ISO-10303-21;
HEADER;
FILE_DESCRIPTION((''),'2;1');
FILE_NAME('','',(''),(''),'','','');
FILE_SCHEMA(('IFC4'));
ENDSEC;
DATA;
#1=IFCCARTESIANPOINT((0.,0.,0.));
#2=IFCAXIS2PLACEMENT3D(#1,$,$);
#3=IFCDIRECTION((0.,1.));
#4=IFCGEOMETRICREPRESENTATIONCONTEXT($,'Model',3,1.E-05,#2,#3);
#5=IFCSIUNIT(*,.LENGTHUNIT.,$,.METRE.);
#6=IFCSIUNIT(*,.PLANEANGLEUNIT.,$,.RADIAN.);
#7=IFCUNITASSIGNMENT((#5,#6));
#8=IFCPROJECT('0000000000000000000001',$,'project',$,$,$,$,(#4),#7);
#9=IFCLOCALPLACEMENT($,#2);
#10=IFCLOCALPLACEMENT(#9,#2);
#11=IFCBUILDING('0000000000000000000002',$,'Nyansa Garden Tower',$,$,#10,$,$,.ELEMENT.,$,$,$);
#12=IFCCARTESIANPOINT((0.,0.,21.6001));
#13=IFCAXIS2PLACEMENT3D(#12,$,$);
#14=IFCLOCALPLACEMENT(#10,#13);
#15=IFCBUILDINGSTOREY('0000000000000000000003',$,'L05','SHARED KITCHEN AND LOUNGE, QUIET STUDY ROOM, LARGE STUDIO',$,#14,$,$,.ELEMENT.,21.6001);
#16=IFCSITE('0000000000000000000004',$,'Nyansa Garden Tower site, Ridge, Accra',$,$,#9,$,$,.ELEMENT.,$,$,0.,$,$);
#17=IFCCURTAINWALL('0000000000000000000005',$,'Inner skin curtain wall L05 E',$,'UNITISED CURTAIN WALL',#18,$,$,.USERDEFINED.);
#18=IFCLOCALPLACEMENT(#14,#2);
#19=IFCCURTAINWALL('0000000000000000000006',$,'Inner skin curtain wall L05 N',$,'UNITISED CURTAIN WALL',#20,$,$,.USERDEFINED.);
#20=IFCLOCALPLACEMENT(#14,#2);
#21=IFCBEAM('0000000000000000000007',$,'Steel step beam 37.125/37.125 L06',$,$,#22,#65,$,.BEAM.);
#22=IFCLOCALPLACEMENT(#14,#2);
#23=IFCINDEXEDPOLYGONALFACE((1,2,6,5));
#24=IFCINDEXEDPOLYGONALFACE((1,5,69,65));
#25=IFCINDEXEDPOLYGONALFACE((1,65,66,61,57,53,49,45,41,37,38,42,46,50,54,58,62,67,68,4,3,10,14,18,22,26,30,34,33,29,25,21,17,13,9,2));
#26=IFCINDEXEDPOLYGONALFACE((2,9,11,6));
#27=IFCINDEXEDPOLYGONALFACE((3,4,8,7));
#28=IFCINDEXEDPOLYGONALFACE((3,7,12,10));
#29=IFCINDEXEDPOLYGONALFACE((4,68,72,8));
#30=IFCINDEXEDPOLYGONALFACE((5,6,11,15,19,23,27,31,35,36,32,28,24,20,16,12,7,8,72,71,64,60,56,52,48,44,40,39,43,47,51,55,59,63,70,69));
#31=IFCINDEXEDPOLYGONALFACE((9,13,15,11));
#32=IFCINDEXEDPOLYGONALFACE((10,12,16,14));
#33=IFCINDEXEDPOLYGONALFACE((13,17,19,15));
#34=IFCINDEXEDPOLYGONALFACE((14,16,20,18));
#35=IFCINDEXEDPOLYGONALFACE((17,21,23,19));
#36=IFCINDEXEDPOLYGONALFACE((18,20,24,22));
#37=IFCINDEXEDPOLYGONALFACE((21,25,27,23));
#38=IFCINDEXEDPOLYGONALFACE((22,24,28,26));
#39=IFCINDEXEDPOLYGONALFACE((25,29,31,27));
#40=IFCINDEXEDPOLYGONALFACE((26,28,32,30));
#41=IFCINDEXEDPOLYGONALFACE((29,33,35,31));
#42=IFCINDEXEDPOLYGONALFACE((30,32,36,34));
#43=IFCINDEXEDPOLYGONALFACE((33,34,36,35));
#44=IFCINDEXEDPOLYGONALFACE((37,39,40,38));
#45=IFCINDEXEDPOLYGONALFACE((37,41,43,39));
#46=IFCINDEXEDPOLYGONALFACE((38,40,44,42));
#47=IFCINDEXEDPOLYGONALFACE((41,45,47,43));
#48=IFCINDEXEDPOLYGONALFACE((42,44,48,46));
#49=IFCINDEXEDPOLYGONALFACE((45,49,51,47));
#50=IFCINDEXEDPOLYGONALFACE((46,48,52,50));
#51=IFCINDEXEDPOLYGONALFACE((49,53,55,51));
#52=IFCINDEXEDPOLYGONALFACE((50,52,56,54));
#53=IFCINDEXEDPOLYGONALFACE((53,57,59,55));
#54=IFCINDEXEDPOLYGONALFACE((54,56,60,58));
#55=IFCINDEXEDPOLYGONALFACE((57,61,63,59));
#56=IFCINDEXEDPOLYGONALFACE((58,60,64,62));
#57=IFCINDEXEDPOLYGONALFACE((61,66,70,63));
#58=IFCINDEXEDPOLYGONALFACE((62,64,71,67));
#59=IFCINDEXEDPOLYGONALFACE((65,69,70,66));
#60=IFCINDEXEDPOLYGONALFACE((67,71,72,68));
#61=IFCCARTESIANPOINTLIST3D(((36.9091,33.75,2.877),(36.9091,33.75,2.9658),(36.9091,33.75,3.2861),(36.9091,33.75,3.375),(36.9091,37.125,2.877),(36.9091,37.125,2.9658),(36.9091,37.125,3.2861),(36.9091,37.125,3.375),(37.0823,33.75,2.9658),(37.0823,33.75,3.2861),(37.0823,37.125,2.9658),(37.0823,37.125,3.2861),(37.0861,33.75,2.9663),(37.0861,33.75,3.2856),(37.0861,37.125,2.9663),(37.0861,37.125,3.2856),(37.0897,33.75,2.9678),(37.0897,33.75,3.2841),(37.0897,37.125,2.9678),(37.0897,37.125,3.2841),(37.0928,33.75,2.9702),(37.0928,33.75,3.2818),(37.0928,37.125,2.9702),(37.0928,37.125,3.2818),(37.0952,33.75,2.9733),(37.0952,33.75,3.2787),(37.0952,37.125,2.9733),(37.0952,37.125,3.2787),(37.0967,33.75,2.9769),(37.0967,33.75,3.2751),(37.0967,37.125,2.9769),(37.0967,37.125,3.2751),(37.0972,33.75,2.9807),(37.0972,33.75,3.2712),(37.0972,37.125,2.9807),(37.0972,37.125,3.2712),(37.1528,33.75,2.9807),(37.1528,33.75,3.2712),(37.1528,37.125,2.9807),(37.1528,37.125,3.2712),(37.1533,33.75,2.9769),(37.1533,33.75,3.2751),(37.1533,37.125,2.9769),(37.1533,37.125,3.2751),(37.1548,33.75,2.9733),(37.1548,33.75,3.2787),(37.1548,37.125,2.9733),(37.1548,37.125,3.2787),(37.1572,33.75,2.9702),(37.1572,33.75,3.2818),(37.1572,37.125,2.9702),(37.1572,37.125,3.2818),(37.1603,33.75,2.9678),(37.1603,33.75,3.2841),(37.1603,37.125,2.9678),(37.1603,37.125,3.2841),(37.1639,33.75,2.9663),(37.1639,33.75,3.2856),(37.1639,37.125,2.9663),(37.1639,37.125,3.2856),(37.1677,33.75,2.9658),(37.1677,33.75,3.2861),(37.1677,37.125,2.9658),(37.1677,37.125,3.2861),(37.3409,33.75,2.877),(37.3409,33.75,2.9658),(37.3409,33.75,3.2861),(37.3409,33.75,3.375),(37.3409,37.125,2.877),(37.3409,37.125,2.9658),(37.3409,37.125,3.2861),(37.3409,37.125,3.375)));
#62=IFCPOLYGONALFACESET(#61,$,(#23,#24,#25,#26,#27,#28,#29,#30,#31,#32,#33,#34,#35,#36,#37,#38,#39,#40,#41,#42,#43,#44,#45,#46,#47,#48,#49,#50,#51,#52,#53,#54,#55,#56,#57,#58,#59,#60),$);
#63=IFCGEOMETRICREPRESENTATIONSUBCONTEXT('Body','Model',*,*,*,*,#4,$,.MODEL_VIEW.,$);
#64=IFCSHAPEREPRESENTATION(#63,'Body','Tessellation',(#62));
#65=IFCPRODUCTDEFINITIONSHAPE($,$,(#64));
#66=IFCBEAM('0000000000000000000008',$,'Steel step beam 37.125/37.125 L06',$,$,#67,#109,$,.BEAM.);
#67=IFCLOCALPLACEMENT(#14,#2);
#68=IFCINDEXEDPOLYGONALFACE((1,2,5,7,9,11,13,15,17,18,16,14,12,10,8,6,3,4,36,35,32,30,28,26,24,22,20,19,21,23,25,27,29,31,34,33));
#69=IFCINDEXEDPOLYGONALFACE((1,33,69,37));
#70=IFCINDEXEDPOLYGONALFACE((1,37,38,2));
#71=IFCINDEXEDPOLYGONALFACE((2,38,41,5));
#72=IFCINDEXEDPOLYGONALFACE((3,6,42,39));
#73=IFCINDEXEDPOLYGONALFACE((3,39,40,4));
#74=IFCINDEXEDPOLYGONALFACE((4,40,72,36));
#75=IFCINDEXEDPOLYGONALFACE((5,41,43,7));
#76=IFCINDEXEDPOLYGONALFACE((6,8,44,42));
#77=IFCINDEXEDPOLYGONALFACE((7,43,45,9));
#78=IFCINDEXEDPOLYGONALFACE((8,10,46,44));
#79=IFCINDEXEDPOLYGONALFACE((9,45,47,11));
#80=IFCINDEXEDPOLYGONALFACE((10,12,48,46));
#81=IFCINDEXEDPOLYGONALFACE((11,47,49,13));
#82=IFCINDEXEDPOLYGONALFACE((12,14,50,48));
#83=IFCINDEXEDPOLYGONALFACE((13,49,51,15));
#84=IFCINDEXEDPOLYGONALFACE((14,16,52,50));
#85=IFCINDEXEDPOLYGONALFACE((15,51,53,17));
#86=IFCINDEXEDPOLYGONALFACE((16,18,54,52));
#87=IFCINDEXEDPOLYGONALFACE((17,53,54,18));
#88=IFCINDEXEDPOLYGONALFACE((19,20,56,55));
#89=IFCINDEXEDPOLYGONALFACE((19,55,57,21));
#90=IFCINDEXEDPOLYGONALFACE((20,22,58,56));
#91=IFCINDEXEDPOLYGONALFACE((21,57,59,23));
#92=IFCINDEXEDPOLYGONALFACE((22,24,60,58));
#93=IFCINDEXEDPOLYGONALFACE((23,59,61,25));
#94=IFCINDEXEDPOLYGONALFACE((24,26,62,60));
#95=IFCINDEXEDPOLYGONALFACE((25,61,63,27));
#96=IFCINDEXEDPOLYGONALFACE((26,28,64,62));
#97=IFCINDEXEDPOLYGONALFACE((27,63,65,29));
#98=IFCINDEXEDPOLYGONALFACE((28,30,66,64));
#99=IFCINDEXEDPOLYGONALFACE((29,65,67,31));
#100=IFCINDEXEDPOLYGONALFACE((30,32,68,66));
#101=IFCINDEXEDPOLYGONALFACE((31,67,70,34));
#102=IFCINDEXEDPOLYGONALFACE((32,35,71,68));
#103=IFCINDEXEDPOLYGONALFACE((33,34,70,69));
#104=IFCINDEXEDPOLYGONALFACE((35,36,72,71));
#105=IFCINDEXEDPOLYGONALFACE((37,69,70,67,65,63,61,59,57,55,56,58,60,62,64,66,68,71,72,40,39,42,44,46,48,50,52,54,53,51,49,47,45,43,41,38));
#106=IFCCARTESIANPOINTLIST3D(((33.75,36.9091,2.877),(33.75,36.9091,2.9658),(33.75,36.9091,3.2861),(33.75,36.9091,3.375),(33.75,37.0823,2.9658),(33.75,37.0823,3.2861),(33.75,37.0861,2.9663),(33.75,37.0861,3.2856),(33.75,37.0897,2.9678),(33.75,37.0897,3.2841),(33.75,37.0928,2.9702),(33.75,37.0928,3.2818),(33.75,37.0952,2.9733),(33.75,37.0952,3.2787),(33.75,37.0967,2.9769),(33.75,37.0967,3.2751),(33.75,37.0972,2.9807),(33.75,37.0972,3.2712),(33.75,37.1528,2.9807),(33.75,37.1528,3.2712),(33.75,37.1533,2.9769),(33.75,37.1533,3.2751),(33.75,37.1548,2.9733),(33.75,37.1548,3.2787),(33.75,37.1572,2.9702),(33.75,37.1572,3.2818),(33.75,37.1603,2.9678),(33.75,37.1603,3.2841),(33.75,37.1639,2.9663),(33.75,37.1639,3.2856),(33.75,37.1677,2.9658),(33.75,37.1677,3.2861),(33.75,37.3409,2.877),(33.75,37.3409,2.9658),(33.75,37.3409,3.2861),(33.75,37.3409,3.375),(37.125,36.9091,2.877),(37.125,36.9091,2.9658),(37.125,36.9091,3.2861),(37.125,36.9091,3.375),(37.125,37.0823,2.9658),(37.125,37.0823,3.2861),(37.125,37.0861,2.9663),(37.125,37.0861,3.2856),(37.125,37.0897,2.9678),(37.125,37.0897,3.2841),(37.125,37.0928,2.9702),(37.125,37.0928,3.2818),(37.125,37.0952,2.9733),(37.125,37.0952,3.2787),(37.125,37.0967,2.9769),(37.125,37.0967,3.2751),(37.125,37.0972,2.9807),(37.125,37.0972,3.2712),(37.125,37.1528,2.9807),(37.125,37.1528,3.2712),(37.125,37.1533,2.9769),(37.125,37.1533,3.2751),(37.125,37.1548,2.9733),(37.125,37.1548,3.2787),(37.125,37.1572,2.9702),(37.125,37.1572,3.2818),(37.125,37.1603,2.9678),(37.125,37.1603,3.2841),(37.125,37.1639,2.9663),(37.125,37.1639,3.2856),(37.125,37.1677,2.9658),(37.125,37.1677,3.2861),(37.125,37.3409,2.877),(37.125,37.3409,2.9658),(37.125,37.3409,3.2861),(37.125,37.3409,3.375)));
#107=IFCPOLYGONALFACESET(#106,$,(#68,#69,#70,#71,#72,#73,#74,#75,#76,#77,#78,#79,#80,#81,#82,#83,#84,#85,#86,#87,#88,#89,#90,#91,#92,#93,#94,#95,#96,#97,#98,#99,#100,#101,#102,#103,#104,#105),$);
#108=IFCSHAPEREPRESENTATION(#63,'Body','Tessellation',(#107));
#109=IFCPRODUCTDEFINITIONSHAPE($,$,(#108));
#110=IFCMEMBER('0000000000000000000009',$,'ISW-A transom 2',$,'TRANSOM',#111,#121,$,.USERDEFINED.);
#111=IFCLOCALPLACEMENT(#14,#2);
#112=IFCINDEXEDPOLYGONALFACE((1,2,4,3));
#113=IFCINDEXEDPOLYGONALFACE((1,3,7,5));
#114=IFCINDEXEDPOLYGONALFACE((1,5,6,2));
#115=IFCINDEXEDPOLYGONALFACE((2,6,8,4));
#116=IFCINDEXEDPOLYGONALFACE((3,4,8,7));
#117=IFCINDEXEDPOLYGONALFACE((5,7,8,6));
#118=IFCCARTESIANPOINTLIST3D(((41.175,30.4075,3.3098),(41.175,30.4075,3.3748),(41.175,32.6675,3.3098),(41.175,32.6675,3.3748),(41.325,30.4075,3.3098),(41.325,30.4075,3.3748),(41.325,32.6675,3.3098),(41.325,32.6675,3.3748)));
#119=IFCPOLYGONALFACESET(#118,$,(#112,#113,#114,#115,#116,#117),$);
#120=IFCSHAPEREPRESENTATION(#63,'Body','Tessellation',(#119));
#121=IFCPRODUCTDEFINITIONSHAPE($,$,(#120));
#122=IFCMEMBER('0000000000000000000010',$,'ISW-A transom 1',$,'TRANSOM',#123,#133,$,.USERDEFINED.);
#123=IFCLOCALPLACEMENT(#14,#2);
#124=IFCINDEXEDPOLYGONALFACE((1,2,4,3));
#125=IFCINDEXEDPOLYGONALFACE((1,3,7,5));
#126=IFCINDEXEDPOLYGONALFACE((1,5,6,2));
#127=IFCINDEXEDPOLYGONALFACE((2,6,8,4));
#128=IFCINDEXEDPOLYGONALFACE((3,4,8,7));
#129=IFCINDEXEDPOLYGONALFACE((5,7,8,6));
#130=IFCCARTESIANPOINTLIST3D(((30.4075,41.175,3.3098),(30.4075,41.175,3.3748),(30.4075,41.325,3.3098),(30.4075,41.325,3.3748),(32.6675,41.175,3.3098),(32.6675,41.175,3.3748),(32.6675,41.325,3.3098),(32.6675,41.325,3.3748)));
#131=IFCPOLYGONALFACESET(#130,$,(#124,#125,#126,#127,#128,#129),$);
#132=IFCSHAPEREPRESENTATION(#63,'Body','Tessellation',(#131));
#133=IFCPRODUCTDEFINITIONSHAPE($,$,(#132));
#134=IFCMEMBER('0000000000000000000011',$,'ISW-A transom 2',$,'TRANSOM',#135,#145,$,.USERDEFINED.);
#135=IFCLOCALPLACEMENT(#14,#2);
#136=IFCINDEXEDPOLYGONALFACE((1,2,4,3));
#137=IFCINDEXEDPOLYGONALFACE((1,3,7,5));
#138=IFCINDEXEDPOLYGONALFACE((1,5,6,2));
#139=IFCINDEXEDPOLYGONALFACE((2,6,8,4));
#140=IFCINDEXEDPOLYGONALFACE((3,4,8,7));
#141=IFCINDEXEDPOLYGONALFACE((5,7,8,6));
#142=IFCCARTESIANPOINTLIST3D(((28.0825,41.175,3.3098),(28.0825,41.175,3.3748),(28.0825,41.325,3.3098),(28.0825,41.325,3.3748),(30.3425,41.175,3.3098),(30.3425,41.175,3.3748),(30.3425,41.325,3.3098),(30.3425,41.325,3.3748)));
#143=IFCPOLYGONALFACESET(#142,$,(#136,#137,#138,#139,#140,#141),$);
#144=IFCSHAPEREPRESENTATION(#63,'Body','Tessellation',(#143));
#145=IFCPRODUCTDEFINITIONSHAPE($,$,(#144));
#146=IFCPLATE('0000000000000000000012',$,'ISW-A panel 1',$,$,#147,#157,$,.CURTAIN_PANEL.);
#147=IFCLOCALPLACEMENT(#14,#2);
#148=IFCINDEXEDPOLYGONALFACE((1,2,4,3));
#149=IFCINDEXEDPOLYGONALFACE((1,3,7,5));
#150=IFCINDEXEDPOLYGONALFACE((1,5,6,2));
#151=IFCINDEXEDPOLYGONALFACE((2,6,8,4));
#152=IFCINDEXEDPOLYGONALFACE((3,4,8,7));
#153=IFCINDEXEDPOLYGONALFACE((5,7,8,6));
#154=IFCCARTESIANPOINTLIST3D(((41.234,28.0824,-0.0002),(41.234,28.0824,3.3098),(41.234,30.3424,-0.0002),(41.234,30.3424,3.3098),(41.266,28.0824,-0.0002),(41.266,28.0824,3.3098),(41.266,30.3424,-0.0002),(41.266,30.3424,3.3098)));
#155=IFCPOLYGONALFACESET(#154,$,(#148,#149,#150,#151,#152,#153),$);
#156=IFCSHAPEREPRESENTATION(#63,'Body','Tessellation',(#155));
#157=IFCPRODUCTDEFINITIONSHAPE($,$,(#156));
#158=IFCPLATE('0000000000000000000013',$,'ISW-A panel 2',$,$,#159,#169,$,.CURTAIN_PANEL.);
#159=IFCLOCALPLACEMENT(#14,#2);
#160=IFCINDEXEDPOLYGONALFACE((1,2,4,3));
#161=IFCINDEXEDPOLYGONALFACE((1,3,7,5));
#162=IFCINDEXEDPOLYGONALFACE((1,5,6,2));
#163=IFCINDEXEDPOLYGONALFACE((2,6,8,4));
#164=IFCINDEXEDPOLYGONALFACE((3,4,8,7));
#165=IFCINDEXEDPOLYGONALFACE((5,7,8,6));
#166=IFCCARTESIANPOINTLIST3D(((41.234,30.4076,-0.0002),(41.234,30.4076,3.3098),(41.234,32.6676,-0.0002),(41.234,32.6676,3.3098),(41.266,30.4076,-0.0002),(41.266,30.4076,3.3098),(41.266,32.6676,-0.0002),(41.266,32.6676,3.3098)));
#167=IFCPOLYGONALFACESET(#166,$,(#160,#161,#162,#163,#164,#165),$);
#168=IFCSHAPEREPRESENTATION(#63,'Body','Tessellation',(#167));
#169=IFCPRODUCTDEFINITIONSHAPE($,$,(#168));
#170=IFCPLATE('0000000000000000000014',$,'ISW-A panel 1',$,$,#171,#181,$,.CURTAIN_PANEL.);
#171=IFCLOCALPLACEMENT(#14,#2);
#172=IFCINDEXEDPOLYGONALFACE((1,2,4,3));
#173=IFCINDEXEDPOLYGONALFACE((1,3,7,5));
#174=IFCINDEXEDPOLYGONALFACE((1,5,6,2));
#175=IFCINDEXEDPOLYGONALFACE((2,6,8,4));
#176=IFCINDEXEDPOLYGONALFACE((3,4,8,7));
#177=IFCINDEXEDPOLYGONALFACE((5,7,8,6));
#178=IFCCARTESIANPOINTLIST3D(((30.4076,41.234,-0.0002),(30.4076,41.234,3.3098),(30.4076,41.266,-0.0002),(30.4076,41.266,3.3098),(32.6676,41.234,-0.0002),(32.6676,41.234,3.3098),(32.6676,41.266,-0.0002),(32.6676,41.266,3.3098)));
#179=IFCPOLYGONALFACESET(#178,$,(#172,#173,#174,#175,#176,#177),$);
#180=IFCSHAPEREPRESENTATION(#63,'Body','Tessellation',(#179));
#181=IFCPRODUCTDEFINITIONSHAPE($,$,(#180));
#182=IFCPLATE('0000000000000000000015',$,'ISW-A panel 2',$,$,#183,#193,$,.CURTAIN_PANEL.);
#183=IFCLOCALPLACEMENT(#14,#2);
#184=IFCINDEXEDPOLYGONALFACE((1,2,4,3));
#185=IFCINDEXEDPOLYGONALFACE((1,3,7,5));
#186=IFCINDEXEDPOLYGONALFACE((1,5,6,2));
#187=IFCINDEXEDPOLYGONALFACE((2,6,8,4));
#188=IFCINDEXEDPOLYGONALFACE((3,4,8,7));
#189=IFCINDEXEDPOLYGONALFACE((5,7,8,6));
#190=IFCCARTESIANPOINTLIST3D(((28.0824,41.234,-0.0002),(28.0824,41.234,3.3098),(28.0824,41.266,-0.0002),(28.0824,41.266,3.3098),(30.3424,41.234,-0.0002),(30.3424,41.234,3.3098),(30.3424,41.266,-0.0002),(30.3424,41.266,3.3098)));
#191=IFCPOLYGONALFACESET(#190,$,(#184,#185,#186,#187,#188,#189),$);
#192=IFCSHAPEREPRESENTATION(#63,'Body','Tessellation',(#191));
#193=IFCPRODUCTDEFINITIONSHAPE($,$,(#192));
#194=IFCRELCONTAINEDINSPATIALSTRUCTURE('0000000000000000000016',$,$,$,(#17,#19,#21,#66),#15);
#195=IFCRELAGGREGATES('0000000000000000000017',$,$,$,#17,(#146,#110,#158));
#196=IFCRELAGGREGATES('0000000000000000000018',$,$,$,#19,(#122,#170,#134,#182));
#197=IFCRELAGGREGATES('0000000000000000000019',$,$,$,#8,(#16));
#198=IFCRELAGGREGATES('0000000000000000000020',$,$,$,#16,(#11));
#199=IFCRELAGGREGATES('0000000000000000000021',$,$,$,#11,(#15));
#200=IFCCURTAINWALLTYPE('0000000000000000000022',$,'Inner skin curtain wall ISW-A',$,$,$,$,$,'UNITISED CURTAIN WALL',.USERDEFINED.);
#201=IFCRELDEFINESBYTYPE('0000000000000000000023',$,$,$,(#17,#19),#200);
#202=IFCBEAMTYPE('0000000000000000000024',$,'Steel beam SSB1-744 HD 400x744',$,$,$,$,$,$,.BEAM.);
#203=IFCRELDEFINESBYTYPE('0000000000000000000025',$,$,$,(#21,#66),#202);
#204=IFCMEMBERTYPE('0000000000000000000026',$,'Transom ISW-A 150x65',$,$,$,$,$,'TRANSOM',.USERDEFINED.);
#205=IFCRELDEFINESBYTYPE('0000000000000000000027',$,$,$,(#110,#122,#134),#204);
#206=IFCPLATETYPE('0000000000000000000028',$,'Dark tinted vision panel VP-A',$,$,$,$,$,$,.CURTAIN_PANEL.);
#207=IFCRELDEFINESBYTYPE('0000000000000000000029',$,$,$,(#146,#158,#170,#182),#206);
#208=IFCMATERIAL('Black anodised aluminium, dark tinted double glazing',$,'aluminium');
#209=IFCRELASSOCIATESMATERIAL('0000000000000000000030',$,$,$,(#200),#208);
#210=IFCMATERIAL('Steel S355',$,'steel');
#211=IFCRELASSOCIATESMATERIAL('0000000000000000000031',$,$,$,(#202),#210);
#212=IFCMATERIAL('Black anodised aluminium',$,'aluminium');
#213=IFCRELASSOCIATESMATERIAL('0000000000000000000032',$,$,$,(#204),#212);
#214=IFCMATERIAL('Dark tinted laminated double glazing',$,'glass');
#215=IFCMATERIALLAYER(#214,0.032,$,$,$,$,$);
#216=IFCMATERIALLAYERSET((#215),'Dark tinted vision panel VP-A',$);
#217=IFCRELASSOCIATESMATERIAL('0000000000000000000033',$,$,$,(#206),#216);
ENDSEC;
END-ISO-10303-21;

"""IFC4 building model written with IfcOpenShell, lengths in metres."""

from ifc_helpers import new_model, si_unit, direction, frame, origin, origin_2d, place, context, subcontext, project, spatial, rectangle, i_section, extrude, material, layer, layer_set, material_profile, profile_set, type_object, element, aggregate, save


model = new_model("IFC4")

# Units and contexts
model_context = context("Model", 3, precision=1e-05, world=origin(), true_north=direction((0.0, 1.0)))
body_context = subcontext(model_context, "Body", "Model", "MODEL_VIEW")
ifc_project = project(units=[si_unit("LENGTHUNIT", "METRE"), si_unit("PLANEANGLEUNIT", "RADIAN")], contexts=[model_context])

# Site, building, storey
site_placement = place(None, origin())
site = spatial("IfcSite", under=ifc_project, at=site_placement, Name="Nyansa Garden Tower site, Ridge, Accra", CompositionType="ELEMENT", RefElevation=0.0)
building_placement = place(site_placement, origin())
building = spatial("IfcBuilding", under=site, at=building_placement, Name="Nyansa Garden Tower", CompositionType="ELEMENT")
storey_placement = place(building_placement, frame((0.0, 0.0, 21.6001)))
storey = spatial("IfcBuildingStorey", under=building, at=storey_placement, Name="L05", Description="SHARED KITCHEN AND LOUNGE, QUIET STUDY ROOM, LARGE STUDIO", CompositionType="ELEMENT", Elevation=21.6001)

# Curtain walls
ifc_material_1 = material(Name="Black anodised aluminium, dark tinted double glazing", Category="aluminium")
curtain_wall_type = type_object("IfcCurtainWallType", Name="Inner skin curtain wall ISW-A", ElementType="UNITISED CURTAIN WALL", PredefinedType="USERDEFINED", material=ifc_material_1)
curtain_wall_1_placement = place(storey_placement, origin())
curtain_wall_1 = element("IfcCurtainWall", 1, at=curtain_wall_1_placement, inside=storey, type_object=curtain_wall_type, Name="Inner skin curtain wall L05 E", ObjectType="UNITISED CURTAIN WALL", PredefinedType="USERDEFINED")
curtain_wall_2_placement = place(storey_placement, origin())
curtain_wall_2 = element("IfcCurtainWall", 2, at=curtain_wall_2_placement, inside=storey, type_object=curtain_wall_type, Name="Inner skin curtain wall L05 N", ObjectType="UNITISED CURTAIN WALL", PredefinedType="USERDEFINED")

# Beams
ifc_material_2 = material(Name="Steel S355", Category="steel")
ifc_material_profile_1 = material_profile(ifc_material_2, i_section(OverallWidth=0.4319, OverallDepth=0.498, WebThickness=0.0557, FlangeThickness=0.0889, FilletRadius=0.0149, at=origin_2d()), Name="HD 400x744")
ifc_profile_set_1 = profile_set([ifc_material_profile_1], Name="Steel S355")
beam_type_1 = type_object("IfcBeamType", Name="Steel beam SSB1-744 HD 400x744", PredefinedType="BEAM", material=ifc_profile_set_1)
for number, where, z_axis, x_axis, name in (
    (3, (37.125, 37.125, 3.126), (0.0, -1.0, 0.0), (1.0, 0.0, 0.0), "Steel step beam 37.125/37.125 L06"),
    (4, (37.125, 37.125, 3.126), (-1.0, 0.0, 0.0), (0.0, -1.0, 0.0), "Steel step beam 37.125/37.125 L06"),
):
    element("IfcBeam", number, at=place(storey_placement, frame(where, z_axis=z_axis, x_axis=x_axis)), inside=storey, type_object=beam_type_1, Name=name, PredefinedType="BEAM", context=body_context, shape_type="SweptSolid", body=[
        extrude(i_section(OverallWidth=0.4319, OverallDepth=0.498, WebThickness=0.0557, FlangeThickness=0.0889, FilletRadius=0.0149, at=origin_2d()), origin(), (0.0, 0.0, 1.0), 3.375),
    ])

# Members
ifc_material_3 = material(Name="Black anodised aluminium", Category="aluminium")
ifc_material_profile_2 = material_profile(ifc_material_3, rectangle(XDim=0.1499, YDim=0.0649, at=origin_2d()), Name="Transom 150x65")
ifc_profile_set_2 = profile_set([ifc_material_profile_2], Name="Black anodised aluminium")
member_type_1 = type_object("IfcMemberType", Name="Transom ISW-A 150x65", ElementType="TRANSOM", PredefinedType="USERDEFINED", material=ifc_profile_set_2)
member_1_placement = place(storey_placement, frame((41.25, 30.4075, 3.3423), z_axis=(0.0, 1.0, 0.0), x_axis=(-1.0, 0.0, 0.0)))
member_1 = element("IfcMember", 5, at=member_1_placement, type_object=member_type_1, Name="ISW-A transom 2", ObjectType="TRANSOM", PredefinedType="USERDEFINED", context=body_context, shape_type="SweptSolid", body=[
    extrude(rectangle(XDim=0.1499, YDim=0.0649, at=origin_2d()), origin(), (0.0, 0.0, 1.0), 2.26),
])
member_2_placement = place(storey_placement, frame((32.6675, 41.25, 3.3423), z_axis=(-1.0, 0.0, 0.0), x_axis=(0.0, -1.0, 0.0)))
member_2 = element("IfcMember", 6, at=member_2_placement, type_object=member_type_1, Name="ISW-A transom 1", ObjectType="TRANSOM", PredefinedType="USERDEFINED", context=body_context, shape_type="SweptSolid", body=[
    extrude(rectangle(XDim=0.1499, YDim=0.0649, at=origin_2d()), origin(), (0.0, 0.0, 1.0), 2.26),
])
member_3_placement = place(storey_placement, frame((30.3425, 41.25, 3.3423), z_axis=(-1.0, 0.0, 0.0), x_axis=(0.0, -1.0, 0.0)))
member_3 = element("IfcMember", 7, at=member_3_placement, type_object=member_type_1, Name="ISW-A transom 2", ObjectType="TRANSOM", PredefinedType="USERDEFINED", context=body_context, shape_type="SweptSolid", body=[
    extrude(rectangle(XDim=0.1499, YDim=0.0649, at=origin_2d()), origin(), (0.0, 0.0, 1.0), 2.26),
])

# Plates
ifc_material_4 = material(Name="Dark tinted laminated double glazing", Category="glass")
ifc_layer_1 = layer(ifc_material_4, 0.032)
ifc_layer_set_1 = layer_set([ifc_layer_1], Name="Dark tinted vision panel VP-A")
plate_type = type_object("IfcPlateType", Name="Dark tinted vision panel VP-A", PredefinedType="CURTAIN_PANEL", material=ifc_layer_set_1)
plate_1_placement = place(storey_placement, frame((41.25, 29.2124, -0.0002), z_axis=(0.0, 0.0, 1.0), x_axis=(0.0, 1.0, 0.0)))
plate_1 = element("IfcPlate", 8, at=plate_1_placement, type_object=plate_type, Name="ISW-A panel 1", PredefinedType="CURTAIN_PANEL", context=body_context, shape_type="SweptSolid", body=[
    extrude(rectangle(XDim=2.26, YDim=0.032, at=origin_2d()), origin(), (0.0, 0.0, 1.0), 3.3101),
])
plate_2_placement = place(storey_placement, frame((41.25, 31.5376, -0.0002), z_axis=(0.0, 0.0, 1.0), x_axis=(0.0, 1.0, 0.0)))
plate_2 = element("IfcPlate", 9, at=plate_2_placement, type_object=plate_type, Name="ISW-A panel 2", PredefinedType="CURTAIN_PANEL", context=body_context, shape_type="SweptSolid", body=[
    extrude(rectangle(XDim=2.26, YDim=0.032, at=origin_2d()), origin(), (0.0, 0.0, 1.0), 3.3101),
])
aggregate(curtain_wall_1, [plate_1, member_1, plate_2])
plate_3_placement = place(storey_placement, frame((31.5376, 41.25, -0.0002), z_axis=(0.0, 0.0, 1.0), x_axis=(-1.0, 0.0, 0.0)))
plate_3 = element("IfcPlate", 10, at=plate_3_placement, type_object=plate_type, Name="ISW-A panel 1", PredefinedType="CURTAIN_PANEL", context=body_context, shape_type="SweptSolid", body=[
    extrude(rectangle(XDim=2.26, YDim=0.032, at=origin_2d()), origin(), (0.0, 0.0, 1.0), 3.3101),
])
plate_4_placement = place(storey_placement, frame((29.2124, 41.25, -0.0002), z_axis=(0.0, 0.0, 1.0), x_axis=(-1.0, 0.0, 0.0)))
plate_4 = element("IfcPlate", 11, at=plate_4_placement, type_object=plate_type, Name="ISW-A panel 2", PredefinedType="CURTAIN_PANEL", context=body_context, shape_type="SweptSolid", body=[
    extrude(rectangle(XDim=2.26, YDim=0.032, at=origin_2d()), origin(), (0.0, 0.0, 1.0), 3.3101),
])
aggregate(curtain_wall_2, [member_2, plate_3, member_3, plate_4])

save(model, "model.ifc")
